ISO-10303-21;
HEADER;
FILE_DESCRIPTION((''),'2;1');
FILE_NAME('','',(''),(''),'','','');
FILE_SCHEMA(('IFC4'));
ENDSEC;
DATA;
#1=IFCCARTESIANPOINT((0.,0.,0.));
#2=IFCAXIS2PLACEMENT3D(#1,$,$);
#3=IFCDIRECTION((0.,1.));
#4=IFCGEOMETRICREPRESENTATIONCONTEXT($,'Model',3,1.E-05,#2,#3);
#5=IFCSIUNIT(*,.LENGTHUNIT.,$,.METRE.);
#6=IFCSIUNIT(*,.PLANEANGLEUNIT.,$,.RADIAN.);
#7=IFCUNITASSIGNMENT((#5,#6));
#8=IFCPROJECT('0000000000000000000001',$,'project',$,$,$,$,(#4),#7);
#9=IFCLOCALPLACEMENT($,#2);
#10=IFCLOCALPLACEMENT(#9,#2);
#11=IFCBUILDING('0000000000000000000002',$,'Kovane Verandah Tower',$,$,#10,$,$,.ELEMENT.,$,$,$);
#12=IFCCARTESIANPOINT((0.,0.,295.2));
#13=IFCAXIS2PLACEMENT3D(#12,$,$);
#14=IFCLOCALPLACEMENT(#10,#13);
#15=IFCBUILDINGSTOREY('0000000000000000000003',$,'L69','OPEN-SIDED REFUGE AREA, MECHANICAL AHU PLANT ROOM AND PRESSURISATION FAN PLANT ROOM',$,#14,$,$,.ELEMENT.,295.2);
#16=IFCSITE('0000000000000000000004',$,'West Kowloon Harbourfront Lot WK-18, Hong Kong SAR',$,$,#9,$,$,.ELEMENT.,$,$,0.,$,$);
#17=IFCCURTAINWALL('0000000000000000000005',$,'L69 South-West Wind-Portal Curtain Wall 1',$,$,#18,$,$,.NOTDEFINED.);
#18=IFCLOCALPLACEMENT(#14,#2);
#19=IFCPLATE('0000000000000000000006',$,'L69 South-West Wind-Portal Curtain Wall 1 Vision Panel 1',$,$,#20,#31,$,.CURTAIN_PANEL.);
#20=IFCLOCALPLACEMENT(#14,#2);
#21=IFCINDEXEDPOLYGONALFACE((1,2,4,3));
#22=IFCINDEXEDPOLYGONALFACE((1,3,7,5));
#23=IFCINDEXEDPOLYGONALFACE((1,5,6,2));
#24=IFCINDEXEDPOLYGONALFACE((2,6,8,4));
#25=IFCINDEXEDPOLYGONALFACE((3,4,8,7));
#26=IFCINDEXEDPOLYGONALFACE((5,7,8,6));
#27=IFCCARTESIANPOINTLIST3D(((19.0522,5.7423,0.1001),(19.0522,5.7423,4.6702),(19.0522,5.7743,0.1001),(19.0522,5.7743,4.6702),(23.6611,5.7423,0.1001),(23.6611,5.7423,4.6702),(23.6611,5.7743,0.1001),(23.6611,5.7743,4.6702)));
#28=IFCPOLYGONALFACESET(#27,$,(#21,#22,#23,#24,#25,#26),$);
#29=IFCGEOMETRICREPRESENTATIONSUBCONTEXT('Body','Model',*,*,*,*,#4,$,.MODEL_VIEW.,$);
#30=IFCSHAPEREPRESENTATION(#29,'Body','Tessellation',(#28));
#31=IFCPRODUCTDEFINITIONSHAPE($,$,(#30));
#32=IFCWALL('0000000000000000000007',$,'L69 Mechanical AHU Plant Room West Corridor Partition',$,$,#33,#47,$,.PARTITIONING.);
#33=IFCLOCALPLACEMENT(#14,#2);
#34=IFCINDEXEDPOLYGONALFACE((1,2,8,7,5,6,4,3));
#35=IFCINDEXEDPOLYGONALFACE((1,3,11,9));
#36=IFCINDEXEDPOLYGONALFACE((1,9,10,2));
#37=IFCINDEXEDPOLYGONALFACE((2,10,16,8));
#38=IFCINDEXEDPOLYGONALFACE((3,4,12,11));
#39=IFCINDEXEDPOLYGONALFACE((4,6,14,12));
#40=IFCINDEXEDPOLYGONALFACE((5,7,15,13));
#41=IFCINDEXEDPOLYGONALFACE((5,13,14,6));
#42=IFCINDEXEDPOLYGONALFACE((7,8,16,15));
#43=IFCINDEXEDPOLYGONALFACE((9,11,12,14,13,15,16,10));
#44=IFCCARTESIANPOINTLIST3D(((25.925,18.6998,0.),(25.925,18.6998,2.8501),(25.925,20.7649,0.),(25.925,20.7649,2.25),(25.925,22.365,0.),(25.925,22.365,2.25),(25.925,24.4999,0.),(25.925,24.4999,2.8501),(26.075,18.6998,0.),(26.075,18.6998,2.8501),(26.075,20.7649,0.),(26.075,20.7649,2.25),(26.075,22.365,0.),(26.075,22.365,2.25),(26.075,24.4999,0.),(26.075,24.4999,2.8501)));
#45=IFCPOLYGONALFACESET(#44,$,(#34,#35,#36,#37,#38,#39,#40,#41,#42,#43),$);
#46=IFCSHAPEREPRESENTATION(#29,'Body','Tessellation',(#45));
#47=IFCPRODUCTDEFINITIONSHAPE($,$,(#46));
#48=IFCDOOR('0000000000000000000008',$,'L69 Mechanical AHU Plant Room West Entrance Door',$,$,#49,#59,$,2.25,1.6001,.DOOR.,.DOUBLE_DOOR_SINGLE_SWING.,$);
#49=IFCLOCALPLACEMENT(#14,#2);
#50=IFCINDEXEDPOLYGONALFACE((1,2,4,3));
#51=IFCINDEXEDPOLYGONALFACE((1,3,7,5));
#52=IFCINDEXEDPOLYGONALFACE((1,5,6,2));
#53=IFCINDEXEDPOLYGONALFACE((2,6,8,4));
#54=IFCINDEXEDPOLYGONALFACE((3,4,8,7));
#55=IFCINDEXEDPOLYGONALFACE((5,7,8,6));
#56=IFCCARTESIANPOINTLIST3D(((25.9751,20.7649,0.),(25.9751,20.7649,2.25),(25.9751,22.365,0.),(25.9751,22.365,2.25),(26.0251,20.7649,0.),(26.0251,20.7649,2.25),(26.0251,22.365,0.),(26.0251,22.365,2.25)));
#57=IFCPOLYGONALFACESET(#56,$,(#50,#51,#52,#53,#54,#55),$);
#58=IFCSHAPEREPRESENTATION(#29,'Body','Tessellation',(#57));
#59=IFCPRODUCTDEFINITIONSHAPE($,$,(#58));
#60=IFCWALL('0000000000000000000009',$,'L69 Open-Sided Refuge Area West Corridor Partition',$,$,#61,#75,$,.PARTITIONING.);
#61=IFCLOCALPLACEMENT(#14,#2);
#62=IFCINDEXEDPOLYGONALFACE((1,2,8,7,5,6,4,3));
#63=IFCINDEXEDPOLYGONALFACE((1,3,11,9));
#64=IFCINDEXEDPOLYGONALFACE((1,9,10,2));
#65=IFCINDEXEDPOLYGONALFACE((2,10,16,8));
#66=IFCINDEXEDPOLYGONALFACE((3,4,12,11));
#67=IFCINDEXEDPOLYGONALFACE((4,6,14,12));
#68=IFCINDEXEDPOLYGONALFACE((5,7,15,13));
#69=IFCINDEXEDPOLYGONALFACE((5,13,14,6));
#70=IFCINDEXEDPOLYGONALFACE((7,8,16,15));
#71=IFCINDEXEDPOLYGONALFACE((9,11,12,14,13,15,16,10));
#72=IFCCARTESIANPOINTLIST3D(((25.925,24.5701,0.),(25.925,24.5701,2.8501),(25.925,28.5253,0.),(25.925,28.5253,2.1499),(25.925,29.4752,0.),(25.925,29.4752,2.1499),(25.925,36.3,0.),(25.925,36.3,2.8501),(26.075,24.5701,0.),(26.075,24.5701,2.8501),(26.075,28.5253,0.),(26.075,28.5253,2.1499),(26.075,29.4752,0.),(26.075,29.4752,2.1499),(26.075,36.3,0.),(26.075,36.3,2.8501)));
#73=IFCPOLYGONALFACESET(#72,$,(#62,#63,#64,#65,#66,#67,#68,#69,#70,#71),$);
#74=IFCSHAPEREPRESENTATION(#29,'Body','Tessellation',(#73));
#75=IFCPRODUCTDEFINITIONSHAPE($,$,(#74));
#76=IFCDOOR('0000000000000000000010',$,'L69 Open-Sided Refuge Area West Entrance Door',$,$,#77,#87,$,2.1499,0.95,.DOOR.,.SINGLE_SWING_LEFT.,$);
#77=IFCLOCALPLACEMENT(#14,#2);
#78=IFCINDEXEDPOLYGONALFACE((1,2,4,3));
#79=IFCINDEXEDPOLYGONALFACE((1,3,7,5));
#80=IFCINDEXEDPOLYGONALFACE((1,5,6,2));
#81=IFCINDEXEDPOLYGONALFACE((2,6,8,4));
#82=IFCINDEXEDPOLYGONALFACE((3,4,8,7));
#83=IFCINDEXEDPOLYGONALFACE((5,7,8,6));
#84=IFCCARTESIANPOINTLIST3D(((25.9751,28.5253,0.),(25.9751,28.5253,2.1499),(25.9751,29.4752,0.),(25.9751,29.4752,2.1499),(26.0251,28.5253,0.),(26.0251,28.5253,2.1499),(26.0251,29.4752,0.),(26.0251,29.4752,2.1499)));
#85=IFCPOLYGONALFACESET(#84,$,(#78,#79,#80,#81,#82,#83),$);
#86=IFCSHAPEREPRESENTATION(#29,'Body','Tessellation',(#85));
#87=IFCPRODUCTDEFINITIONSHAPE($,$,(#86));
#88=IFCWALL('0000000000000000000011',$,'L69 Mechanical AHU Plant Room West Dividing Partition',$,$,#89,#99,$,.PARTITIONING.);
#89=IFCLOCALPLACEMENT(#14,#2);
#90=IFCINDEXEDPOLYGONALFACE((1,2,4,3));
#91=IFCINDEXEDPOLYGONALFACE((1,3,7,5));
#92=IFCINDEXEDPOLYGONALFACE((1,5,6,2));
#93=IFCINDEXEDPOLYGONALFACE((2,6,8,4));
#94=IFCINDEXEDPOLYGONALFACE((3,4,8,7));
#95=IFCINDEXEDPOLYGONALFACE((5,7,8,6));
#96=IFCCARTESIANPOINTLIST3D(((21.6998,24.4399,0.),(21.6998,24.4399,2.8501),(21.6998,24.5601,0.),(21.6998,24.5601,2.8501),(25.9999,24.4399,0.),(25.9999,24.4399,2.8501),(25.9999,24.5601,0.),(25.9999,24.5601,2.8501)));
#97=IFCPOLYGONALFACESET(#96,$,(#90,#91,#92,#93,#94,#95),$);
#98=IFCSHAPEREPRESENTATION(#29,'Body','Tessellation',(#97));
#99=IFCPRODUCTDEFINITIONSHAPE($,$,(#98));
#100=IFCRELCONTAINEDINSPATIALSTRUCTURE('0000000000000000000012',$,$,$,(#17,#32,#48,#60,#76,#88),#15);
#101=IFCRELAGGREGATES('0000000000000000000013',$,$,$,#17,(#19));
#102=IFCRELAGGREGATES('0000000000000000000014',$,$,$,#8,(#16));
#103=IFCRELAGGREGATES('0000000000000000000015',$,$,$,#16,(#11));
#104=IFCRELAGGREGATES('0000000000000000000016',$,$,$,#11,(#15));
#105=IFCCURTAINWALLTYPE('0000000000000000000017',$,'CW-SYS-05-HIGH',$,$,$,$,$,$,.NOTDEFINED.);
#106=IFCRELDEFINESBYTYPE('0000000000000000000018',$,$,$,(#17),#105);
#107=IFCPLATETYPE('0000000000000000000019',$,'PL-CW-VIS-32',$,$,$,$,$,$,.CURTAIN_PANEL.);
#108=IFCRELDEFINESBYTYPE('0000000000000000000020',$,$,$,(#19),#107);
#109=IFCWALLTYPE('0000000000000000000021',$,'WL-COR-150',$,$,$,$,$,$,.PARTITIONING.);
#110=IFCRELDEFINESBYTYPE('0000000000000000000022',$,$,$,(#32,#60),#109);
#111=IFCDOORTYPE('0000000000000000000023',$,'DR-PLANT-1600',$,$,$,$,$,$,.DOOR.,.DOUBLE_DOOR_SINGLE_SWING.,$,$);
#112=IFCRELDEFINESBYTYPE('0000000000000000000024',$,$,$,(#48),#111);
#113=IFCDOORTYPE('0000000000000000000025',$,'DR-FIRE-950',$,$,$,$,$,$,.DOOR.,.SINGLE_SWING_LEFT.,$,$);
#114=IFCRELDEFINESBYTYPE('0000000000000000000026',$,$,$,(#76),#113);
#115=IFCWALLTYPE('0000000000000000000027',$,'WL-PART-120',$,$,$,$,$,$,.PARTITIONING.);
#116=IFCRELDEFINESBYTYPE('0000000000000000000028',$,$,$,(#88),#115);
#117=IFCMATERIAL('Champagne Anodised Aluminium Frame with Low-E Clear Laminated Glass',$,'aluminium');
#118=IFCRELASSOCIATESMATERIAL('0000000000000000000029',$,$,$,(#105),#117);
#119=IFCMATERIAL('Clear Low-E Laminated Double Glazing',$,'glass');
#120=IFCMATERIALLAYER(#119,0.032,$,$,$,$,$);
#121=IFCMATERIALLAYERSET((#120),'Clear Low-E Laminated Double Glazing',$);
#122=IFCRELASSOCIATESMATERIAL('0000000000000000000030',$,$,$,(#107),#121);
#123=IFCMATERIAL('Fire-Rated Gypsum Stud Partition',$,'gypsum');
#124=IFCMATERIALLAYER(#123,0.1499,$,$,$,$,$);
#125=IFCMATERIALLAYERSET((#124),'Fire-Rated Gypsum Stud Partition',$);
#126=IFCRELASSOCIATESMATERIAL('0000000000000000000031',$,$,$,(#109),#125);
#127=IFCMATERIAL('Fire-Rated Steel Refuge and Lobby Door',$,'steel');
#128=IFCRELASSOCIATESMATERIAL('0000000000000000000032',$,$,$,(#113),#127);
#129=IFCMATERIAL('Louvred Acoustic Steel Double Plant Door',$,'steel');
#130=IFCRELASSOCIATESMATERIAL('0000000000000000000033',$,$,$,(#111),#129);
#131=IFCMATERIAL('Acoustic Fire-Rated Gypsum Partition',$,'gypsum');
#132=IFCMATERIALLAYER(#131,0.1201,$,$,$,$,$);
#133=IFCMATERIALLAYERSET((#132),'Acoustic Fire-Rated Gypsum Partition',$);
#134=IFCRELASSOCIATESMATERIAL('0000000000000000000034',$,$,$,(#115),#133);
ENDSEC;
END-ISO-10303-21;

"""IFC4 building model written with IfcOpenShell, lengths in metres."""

from ifc_helpers import new_model, si_unit, direction, frame, frame_2d, origin, origin_2d, place, context, subcontext, project, spatial, rectangle, extrude, material, layer, layer_set, type_object, element, fill, aggregate, save


model = new_model("IFC4")

# Units and contexts
model_context = context("Model", 3, precision=1e-05, world=origin(), true_north=direction((0.0, 1.0)))
body_context = subcontext(model_context, "Body", "Model", "MODEL_VIEW")
ifc_project = project(units=[si_unit("LENGTHUNIT", "METRE"), si_unit("PLANEANGLEUNIT", "RADIAN")], contexts=[model_context])

# Site, building, storey
site_placement = place(None, origin())
site = spatial("IfcSite", under=ifc_project, at=site_placement, Name="West Kowloon Harbourfront Lot WK-18, Hong Kong SAR", CompositionType="ELEMENT", RefElevation=0.0)
building_placement = place(site_placement, origin())
building = spatial("IfcBuilding", under=site, at=building_placement, Name="Kovane Verandah Tower", CompositionType="ELEMENT")
storey_placement = place(building_placement, frame((0.0, 0.0, 295.2)))
storey = spatial("IfcBuildingStorey", under=building, at=storey_placement, Name="L69", Description="OPEN-SIDED REFUGE AREA, MECHANICAL AHU PLANT ROOM AND PRESSURISATION FAN PLANT ROOM", CompositionType="ELEMENT", Elevation=295.2)

# Curtain wall
ifc_material_1 = material(Name="Champagne Anodised Aluminium Frame with Low-E Clear Laminated Glass", Category="aluminium")
curtain_wall_type = type_object("IfcCurtainWallType", Name="CW-SYS-05-HIGH", PredefinedType="NOTDEFINED", material=ifc_material_1)
curtain_wall_placement = place(storey_placement, origin())
curtain_wall = element("IfcCurtainWall", 1, at=curtain_wall_placement, inside=storey, type_object=curtain_wall_type, Name="L69 South-West Wind-Portal Curtain Wall 1", PredefinedType="NOTDEFINED")

# Plate
ifc_material_2 = material(Name="Clear Low-E Laminated Double Glazing", Category="glass")
ifc_layer_1 = layer(ifc_material_2, 0.032)
ifc_layer_set_1 = layer_set([ifc_layer_1], Name="Clear Low-E Laminated Double Glazing")
plate_type_1 = type_object("IfcPlateType", Name="PL-CW-VIS-32", PredefinedType="CURTAIN_PANEL", material=ifc_layer_set_1)
plate_1_placement = place(storey_placement, frame((21.3567, 5.7583, 0.1001), z_axis=(0.0, 0.0, 1.0), x_axis=(1.0, 0.0, 0.0)))
plate_1 = element("IfcPlate", 2, at=plate_1_placement, type_object=plate_type_1, Name="L69 South-West Wind-Portal Curtain Wall 1 Vision Panel 1", PredefinedType="CURTAIN_PANEL", context=body_context, shape_type="SweptSolid", body=[
    extrude(rectangle(XDim=4.6089, YDim=0.032, at=origin_2d()), origin(), (0.0, 0.0, 1.0), 4.5701),
])
aggregate(curtain_wall, [plate_1])

# Walls, openings, doors
ifc_material_3 = material(Name="Fire-Rated Gypsum Stud Partition", Category="gypsum")
ifc_layer_2 = layer(ifc_material_3, 0.1499)
ifc_layer_set_2 = layer_set([ifc_layer_2], Name="Fire-Rated Gypsum Stud Partition")
wall_type_1 = type_object("IfcWallType", Name="WL-COR-150", PredefinedType="PARTITIONING", material=ifc_layer_set_2)
ifc_material_4 = material(Name="Fire-Rated Steel Refuge and Lobby Door", Category="steel")
door_type_1 = type_object("IfcDoorType", Name="DR-FIRE-950", OperationType="SINGLE_SWING_LEFT", PredefinedType="DOOR", material=ifc_material_4)
wall_1_placement = place(storey_placement, frame((26.0, 18.7, 0.0), z_axis=(0.0, 0.0, 1.0), x_axis=(0.0, 1.0, 0.0)))
wall_1 = element("IfcWall", 3, at=wall_1_placement, inside=storey, type_object=wall_type_1, Name="L69 Mechanical AHU Plant Room West Corridor Partition", PredefinedType="PARTITIONING", context=body_context, shape_type="SweptSolid", body=[
    extrude(rectangle(XDim=5.8, YDim=0.1499, at=frame_2d((2.8999, 0.0))), origin(), (0.0, 0.0, 1.0), 2.8501),
])
opening_1_placement = place(wall_1_placement, frame((2.0649, 0.0, 0.0)))
opening_1 = element("IfcOpeningElement", 4, at=opening_1_placement, cuts=wall_1, PredefinedType="OPENING", context=body_context, shape_type="SweptSolid", body=[
    extrude(rectangle(XDim=1.6001, YDim=2.25, at=frame_2d((0.8, 1.125))), frame((0.0, 0.075, 0.0), z_axis=(0.0, -1.0, 0.0), x_axis=(1.0, 0.0, 0.0)), (0.0, 0.0, 1.0), 0.1499),
])
ifc_material_5 = material(Name="Louvred Acoustic Steel Double Plant Door", Category="steel")
door_type_2 = type_object("IfcDoorType", Name="DR-PLANT-1600", OperationType="DOUBLE_DOOR_SINGLE_SWING", PredefinedType="DOOR", material=ifc_material_5)
door_1_placement = place(opening_1_placement, origin())
door_1 = element("IfcDoor", 5, at=door_1_placement, inside=storey, type_object=door_type_2, Name="L69 Mechanical AHU Plant Room West Entrance Door", OperationType="DOUBLE_DOOR_SINGLE_SWING", OverallHeight=2.25, OverallWidth=1.6001, PredefinedType="DOOR", context=body_context, shape_type="SweptSolid", body=[
    extrude(rectangle(XDim=1.6001, YDim=2.25, at=frame_2d((0.8, 1.125))), frame((0.0, 0.0249, 0.0), z_axis=(0.0, -1.0, 0.0), x_axis=(1.0, 0.0, 0.0)), (0.0, 0.0, 1.0), 0.05),
])
fill(opening_1, door_1)
wall_2_placement = place(storey_placement, frame((26.0, 24.5701, 0.0), z_axis=(0.0, 0.0, 1.0), x_axis=(0.0, 1.0, 0.0)))
wall_2 = element("IfcWall", 6, at=wall_2_placement, inside=storey, type_object=wall_type_1, Name="L69 Open-Sided Refuge Area West Corridor Partition", PredefinedType="PARTITIONING", context=body_context, shape_type="SweptSolid", body=[
    extrude(rectangle(XDim=11.73, YDim=0.1499, at=frame_2d((5.865, 0.0))), origin(), (0.0, 0.0, 1.0), 2.8501),
])
opening_2_placement = place(wall_2_placement, frame((3.9551, 0.0, 0.0)))
opening_2 = element("IfcOpeningElement", 7, at=opening_2_placement, cuts=wall_2, PredefinedType="OPENING", context=body_context, shape_type="SweptSolid", body=[
    extrude(rectangle(XDim=0.95, YDim=2.1499, at=frame_2d((0.4751, 1.075))), frame((0.0, 0.075, 0.0), z_axis=(0.0, -1.0, 0.0), x_axis=(1.0, 0.0, 0.0)), (0.0, 0.0, 1.0), 0.1499),
])
door_2_placement = place(opening_2_placement, origin())
door_2 = element("IfcDoor", 8, at=door_2_placement, inside=storey, type_object=door_type_1, Name="L69 Open-Sided Refuge Area West Entrance Door", OperationType="SINGLE_SWING_LEFT", OverallHeight=2.1499, OverallWidth=0.95, PredefinedType="DOOR", context=body_context, shape_type="SweptSolid", body=[
    extrude(rectangle(XDim=0.95, YDim=2.1499, at=frame_2d((0.4751, 1.075))), frame((0.0, 0.0249, 0.0), z_axis=(0.0, -1.0, 0.0), x_axis=(1.0, 0.0, 0.0)), (0.0, 0.0, 1.0), 0.05),
])
fill(opening_2, door_2)

# Wall
ifc_material_6 = material(Name="Acoustic Fire-Rated Gypsum Partition", Category="gypsum")
ifc_layer_3 = layer(ifc_material_6, 0.1201)
ifc_layer_set_3 = layer_set([ifc_layer_3], Name="Acoustic Fire-Rated Gypsum Partition")
wall_type_2 = type_object("IfcWallType", Name="WL-PART-120", PredefinedType="PARTITIONING", material=ifc_layer_set_3)
wall_3_placement = place(storey_placement, frame((21.7, 24.5, 0.0), z_axis=(0.0, 0.0, 1.0), x_axis=(1.0, 0.0, 0.0)))
element("IfcWall", 9, at=wall_3_placement, inside=storey, type_object=wall_type_2, Name="L69 Mechanical AHU Plant Room West Dividing Partition", PredefinedType="PARTITIONING", context=body_context, shape_type="SweptSolid", body=[
    extrude(rectangle(XDim=4.3, YDim=0.1201, at=frame_2d((2.1499, 0.0))), origin(), (0.0, 0.0, 1.0), 2.8501),
])

save(model, "model.ifc")
